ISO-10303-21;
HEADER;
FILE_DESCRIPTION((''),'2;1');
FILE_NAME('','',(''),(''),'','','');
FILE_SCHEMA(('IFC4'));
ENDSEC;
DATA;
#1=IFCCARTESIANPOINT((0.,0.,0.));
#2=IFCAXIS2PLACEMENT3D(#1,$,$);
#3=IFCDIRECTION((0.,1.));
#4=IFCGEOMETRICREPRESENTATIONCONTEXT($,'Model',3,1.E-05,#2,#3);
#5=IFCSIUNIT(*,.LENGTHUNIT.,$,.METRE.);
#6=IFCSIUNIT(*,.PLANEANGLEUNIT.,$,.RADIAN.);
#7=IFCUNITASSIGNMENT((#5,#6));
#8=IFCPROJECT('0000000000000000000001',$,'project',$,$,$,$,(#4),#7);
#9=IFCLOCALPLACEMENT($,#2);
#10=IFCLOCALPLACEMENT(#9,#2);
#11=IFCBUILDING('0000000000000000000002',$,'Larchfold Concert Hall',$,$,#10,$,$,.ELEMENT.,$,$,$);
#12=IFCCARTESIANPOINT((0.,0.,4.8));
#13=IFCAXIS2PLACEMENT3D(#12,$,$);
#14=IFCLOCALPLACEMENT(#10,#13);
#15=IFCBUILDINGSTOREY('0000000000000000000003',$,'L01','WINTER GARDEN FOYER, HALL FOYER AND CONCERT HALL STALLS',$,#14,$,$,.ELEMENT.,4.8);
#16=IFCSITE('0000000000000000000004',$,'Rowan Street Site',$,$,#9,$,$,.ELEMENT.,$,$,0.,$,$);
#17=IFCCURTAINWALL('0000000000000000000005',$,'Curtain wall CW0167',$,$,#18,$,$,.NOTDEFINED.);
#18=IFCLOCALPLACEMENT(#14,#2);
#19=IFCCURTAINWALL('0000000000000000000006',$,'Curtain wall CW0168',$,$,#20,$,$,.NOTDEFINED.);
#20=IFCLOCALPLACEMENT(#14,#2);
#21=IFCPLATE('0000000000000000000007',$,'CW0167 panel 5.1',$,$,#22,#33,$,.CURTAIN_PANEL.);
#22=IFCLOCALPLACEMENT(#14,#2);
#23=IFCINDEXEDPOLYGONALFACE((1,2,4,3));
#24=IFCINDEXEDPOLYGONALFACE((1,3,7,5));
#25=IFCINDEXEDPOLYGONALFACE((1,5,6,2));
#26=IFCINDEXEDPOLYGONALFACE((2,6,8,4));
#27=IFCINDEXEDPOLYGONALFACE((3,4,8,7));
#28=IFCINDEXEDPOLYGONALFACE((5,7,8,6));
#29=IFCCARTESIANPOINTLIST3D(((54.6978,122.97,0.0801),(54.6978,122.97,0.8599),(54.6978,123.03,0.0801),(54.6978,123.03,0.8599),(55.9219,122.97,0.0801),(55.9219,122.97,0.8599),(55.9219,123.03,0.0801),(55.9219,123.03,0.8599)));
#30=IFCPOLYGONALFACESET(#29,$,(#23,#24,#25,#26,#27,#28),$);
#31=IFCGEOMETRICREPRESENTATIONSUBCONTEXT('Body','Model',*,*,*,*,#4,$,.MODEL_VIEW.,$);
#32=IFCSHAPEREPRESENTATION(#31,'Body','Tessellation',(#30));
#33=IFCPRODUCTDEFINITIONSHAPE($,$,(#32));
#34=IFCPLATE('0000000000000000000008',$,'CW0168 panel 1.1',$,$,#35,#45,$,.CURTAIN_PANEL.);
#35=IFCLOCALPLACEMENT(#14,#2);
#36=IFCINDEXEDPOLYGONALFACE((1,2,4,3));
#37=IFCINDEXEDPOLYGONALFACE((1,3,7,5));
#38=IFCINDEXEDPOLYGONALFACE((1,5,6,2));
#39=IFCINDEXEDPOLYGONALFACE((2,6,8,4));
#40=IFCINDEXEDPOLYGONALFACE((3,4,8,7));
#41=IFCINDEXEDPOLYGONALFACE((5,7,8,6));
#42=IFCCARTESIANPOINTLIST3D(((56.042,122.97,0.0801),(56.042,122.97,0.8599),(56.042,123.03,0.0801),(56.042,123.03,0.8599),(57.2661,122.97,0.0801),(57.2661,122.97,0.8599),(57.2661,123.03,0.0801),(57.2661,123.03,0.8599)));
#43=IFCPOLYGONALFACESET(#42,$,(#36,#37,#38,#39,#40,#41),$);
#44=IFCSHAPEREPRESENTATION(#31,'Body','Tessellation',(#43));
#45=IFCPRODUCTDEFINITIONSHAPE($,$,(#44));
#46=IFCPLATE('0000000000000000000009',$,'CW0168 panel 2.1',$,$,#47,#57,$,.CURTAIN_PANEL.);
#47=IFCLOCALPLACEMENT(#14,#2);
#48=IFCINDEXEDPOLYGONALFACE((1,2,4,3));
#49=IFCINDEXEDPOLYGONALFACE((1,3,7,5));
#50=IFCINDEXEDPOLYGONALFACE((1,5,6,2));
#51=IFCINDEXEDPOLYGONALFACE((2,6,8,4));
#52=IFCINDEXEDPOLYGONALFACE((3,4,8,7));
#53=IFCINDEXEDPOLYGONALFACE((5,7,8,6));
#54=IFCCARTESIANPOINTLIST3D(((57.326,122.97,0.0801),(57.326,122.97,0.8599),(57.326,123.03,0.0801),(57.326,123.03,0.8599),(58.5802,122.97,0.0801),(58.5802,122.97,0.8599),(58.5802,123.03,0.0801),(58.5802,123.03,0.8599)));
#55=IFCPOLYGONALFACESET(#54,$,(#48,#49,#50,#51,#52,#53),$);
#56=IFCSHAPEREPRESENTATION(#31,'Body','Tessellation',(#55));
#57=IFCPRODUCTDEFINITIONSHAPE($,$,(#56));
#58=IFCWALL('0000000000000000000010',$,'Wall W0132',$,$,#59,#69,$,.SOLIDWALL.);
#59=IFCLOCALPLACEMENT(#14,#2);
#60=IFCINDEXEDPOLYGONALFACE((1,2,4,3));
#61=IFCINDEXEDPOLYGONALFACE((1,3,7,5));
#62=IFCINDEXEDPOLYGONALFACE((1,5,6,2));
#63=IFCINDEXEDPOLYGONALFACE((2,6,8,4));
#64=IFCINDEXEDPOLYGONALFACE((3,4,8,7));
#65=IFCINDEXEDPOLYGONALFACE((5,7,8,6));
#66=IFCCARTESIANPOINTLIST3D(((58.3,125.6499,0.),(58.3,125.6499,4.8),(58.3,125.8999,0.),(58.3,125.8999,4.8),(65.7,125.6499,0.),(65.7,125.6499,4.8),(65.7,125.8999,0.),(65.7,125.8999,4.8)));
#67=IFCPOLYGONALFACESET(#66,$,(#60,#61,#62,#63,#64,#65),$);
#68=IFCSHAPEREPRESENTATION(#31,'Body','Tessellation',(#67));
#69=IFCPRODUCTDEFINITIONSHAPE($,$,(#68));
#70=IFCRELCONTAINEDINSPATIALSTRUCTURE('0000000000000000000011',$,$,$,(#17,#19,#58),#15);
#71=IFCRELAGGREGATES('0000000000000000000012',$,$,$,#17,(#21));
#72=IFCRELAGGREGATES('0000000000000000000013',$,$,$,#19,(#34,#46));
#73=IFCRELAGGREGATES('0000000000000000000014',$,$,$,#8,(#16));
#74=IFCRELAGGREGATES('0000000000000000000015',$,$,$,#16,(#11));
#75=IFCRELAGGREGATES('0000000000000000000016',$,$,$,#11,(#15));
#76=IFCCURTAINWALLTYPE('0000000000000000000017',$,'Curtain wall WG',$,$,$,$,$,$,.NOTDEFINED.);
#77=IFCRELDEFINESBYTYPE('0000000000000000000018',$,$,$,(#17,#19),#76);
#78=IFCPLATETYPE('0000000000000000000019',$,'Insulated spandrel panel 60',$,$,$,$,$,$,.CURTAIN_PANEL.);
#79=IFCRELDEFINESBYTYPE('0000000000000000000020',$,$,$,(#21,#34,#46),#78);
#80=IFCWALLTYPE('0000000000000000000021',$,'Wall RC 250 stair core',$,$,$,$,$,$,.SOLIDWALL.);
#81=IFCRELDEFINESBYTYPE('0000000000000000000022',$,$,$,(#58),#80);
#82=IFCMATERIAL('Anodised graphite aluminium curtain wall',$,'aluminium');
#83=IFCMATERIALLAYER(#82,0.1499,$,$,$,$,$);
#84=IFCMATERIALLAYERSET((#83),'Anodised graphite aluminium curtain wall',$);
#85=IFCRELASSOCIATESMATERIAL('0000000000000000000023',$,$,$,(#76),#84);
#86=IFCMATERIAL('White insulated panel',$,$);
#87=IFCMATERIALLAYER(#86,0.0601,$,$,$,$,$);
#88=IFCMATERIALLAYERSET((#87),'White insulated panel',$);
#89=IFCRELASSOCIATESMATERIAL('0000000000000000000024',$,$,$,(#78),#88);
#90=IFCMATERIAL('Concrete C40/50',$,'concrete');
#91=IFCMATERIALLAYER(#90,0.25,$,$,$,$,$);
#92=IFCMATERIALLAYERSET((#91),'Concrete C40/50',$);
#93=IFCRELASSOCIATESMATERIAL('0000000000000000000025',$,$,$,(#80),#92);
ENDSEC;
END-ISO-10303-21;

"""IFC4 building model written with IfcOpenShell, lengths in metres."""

from ifc_helpers import new_model, si_unit, direction, frame, frame_2d, origin, origin_2d, place, context, subcontext, project, spatial, rectangle, extrude, material, layer, layer_set, type_object, element, aggregate, save


model = new_model("IFC4")

# Units and contexts
model_context = context("Model", 3, precision=1e-05, world=origin(), true_north=direction((0.0, 1.0)))
body_context = subcontext(model_context, "Body", "Model", "MODEL_VIEW")
ifc_project = project(units=[si_unit("LENGTHUNIT", "METRE"), si_unit("PLANEANGLEUNIT", "RADIAN")], contexts=[model_context])

# Site, building, storey
site_placement = place(None, origin())
site = spatial("IfcSite", under=ifc_project, at=site_placement, Name="Rowan Street Site", CompositionType="ELEMENT", RefElevation=0.0)
building_placement = place(site_placement, origin())
building = spatial("IfcBuilding", under=site, at=building_placement, Name="Larchfold Concert Hall", CompositionType="ELEMENT")
storey_placement = place(building_placement, frame((0.0, 0.0, 4.8)))
storey = spatial("IfcBuildingStorey", under=building, at=storey_placement, Name="L01", Description="WINTER GARDEN FOYER, HALL FOYER AND CONCERT HALL STALLS", CompositionType="ELEMENT", Elevation=4.8)

# Curtain walls
ifc_material_1 = material(Name="Anodised graphite aluminium curtain wall", Category="aluminium")
ifc_layer_1 = layer(ifc_material_1, 0.1499)
ifc_layer_set_1 = layer_set([ifc_layer_1], Name="Anodised graphite aluminium curtain wall")
curtain_wall_type = type_object("IfcCurtainWallType", Name="Curtain wall WG", PredefinedType="NOTDEFINED", material=ifc_layer_set_1)
curtain_wall_1_placement = place(storey_placement, origin())
curtain_wall_1 = element("IfcCurtainWall", 1, at=curtain_wall_1_placement, inside=storey, type_object=curtain_wall_type, Name="Curtain wall CW0167", PredefinedType="NOTDEFINED")
curtain_wall_2_placement = place(storey_placement, origin())
curtain_wall_2 = element("IfcCurtainWall", 2, at=curtain_wall_2_placement, inside=storey, type_object=curtain_wall_type, Name="Curtain wall CW0168", PredefinedType="NOTDEFINED")

# Plates
ifc_material_2 = material(Name="White insulated panel")
ifc_layer_2 = layer(ifc_material_2, 0.0601)
ifc_layer_set_2 = layer_set([ifc_layer_2], Name="White insulated panel")
plate_type_1 = type_object("IfcPlateType", Name="Insulated spandrel panel 60", PredefinedType="CURTAIN_PANEL", material=ifc_layer_set_2)
plate_1_placement = place(storey_placement, frame((55.3098, 123.0, 0.0801), z_axis=(0.0, 0.0, 1.0), x_axis=(1.0, 0.0, 0.0)))
plate_1 = element("IfcPlate", 3, at=plate_1_placement, type_object=plate_type_1, Name="CW0167 panel 5.1", PredefinedType="CURTAIN_PANEL", context=body_context, shape_type="SweptSolid", body=[
    extrude(rectangle(XDim=1.2241, YDim=0.0601, at=origin_2d()), origin(), (0.0, 0.0, 1.0), 0.7798),
])
aggregate(curtain_wall_1, [plate_1])
plate_2_placement = place(storey_placement, frame((56.6541, 123.0, 0.0801), z_axis=(0.0, 0.0, 1.0), x_axis=(1.0, 0.0, 0.0)))
plate_2 = element("IfcPlate", 4, at=plate_2_placement, type_object=plate_type_1, Name="CW0168 panel 1.1", PredefinedType="CURTAIN_PANEL", context=body_context, shape_type="SweptSolid", body=[
    extrude(rectangle(XDim=1.2241, YDim=0.0601, at=origin_2d()), origin(), (0.0, 0.0, 1.0), 0.7798),
])
plate_3_placement = place(storey_placement, frame((57.9531, 123.0, 0.0801), z_axis=(0.0, 0.0, 1.0), x_axis=(1.0, 0.0, 0.0)))
plate_3 = element("IfcPlate", 5, at=plate_3_placement, type_object=plate_type_1, Name="CW0168 panel 2.1", PredefinedType="CURTAIN_PANEL", context=body_context, shape_type="SweptSolid", body=[
    extrude(rectangle(XDim=1.2542, YDim=0.0601, at=origin_2d()), origin(), (0.0, 0.0, 1.0), 0.7798),
])
aggregate(curtain_wall_2, [plate_2, plate_3])

# Wall
ifc_material_3 = material(Name="Concrete C40/50", Category="concrete")
ifc_layer_3 = layer(ifc_material_3, 0.25)
ifc_layer_set_3 = layer_set([ifc_layer_3], Name="Concrete C40/50")
wall_type = type_object("IfcWallType", Name="Wall RC 250 stair core", PredefinedType="SOLIDWALL", material=ifc_layer_set_3)
wall_placement = place(storey_placement, frame((58.3, 125.7749, 0.0), z_axis=(0.0, 0.0, 1.0), x_axis=(1.0, 0.0, 0.0)))
element("IfcWall", 6, at=wall_placement, inside=storey, type_object=wall_type, Name="Wall W0132", PredefinedType="SOLIDWALL", context=body_context, shape_type="SweptSolid", body=[
    extrude(rectangle(XDim=7.3999, YDim=0.25, at=frame_2d((3.7, 0.0))), origin(), (0.0, 0.0, 1.0), 4.8),
])

save(model, "model.ifc")
